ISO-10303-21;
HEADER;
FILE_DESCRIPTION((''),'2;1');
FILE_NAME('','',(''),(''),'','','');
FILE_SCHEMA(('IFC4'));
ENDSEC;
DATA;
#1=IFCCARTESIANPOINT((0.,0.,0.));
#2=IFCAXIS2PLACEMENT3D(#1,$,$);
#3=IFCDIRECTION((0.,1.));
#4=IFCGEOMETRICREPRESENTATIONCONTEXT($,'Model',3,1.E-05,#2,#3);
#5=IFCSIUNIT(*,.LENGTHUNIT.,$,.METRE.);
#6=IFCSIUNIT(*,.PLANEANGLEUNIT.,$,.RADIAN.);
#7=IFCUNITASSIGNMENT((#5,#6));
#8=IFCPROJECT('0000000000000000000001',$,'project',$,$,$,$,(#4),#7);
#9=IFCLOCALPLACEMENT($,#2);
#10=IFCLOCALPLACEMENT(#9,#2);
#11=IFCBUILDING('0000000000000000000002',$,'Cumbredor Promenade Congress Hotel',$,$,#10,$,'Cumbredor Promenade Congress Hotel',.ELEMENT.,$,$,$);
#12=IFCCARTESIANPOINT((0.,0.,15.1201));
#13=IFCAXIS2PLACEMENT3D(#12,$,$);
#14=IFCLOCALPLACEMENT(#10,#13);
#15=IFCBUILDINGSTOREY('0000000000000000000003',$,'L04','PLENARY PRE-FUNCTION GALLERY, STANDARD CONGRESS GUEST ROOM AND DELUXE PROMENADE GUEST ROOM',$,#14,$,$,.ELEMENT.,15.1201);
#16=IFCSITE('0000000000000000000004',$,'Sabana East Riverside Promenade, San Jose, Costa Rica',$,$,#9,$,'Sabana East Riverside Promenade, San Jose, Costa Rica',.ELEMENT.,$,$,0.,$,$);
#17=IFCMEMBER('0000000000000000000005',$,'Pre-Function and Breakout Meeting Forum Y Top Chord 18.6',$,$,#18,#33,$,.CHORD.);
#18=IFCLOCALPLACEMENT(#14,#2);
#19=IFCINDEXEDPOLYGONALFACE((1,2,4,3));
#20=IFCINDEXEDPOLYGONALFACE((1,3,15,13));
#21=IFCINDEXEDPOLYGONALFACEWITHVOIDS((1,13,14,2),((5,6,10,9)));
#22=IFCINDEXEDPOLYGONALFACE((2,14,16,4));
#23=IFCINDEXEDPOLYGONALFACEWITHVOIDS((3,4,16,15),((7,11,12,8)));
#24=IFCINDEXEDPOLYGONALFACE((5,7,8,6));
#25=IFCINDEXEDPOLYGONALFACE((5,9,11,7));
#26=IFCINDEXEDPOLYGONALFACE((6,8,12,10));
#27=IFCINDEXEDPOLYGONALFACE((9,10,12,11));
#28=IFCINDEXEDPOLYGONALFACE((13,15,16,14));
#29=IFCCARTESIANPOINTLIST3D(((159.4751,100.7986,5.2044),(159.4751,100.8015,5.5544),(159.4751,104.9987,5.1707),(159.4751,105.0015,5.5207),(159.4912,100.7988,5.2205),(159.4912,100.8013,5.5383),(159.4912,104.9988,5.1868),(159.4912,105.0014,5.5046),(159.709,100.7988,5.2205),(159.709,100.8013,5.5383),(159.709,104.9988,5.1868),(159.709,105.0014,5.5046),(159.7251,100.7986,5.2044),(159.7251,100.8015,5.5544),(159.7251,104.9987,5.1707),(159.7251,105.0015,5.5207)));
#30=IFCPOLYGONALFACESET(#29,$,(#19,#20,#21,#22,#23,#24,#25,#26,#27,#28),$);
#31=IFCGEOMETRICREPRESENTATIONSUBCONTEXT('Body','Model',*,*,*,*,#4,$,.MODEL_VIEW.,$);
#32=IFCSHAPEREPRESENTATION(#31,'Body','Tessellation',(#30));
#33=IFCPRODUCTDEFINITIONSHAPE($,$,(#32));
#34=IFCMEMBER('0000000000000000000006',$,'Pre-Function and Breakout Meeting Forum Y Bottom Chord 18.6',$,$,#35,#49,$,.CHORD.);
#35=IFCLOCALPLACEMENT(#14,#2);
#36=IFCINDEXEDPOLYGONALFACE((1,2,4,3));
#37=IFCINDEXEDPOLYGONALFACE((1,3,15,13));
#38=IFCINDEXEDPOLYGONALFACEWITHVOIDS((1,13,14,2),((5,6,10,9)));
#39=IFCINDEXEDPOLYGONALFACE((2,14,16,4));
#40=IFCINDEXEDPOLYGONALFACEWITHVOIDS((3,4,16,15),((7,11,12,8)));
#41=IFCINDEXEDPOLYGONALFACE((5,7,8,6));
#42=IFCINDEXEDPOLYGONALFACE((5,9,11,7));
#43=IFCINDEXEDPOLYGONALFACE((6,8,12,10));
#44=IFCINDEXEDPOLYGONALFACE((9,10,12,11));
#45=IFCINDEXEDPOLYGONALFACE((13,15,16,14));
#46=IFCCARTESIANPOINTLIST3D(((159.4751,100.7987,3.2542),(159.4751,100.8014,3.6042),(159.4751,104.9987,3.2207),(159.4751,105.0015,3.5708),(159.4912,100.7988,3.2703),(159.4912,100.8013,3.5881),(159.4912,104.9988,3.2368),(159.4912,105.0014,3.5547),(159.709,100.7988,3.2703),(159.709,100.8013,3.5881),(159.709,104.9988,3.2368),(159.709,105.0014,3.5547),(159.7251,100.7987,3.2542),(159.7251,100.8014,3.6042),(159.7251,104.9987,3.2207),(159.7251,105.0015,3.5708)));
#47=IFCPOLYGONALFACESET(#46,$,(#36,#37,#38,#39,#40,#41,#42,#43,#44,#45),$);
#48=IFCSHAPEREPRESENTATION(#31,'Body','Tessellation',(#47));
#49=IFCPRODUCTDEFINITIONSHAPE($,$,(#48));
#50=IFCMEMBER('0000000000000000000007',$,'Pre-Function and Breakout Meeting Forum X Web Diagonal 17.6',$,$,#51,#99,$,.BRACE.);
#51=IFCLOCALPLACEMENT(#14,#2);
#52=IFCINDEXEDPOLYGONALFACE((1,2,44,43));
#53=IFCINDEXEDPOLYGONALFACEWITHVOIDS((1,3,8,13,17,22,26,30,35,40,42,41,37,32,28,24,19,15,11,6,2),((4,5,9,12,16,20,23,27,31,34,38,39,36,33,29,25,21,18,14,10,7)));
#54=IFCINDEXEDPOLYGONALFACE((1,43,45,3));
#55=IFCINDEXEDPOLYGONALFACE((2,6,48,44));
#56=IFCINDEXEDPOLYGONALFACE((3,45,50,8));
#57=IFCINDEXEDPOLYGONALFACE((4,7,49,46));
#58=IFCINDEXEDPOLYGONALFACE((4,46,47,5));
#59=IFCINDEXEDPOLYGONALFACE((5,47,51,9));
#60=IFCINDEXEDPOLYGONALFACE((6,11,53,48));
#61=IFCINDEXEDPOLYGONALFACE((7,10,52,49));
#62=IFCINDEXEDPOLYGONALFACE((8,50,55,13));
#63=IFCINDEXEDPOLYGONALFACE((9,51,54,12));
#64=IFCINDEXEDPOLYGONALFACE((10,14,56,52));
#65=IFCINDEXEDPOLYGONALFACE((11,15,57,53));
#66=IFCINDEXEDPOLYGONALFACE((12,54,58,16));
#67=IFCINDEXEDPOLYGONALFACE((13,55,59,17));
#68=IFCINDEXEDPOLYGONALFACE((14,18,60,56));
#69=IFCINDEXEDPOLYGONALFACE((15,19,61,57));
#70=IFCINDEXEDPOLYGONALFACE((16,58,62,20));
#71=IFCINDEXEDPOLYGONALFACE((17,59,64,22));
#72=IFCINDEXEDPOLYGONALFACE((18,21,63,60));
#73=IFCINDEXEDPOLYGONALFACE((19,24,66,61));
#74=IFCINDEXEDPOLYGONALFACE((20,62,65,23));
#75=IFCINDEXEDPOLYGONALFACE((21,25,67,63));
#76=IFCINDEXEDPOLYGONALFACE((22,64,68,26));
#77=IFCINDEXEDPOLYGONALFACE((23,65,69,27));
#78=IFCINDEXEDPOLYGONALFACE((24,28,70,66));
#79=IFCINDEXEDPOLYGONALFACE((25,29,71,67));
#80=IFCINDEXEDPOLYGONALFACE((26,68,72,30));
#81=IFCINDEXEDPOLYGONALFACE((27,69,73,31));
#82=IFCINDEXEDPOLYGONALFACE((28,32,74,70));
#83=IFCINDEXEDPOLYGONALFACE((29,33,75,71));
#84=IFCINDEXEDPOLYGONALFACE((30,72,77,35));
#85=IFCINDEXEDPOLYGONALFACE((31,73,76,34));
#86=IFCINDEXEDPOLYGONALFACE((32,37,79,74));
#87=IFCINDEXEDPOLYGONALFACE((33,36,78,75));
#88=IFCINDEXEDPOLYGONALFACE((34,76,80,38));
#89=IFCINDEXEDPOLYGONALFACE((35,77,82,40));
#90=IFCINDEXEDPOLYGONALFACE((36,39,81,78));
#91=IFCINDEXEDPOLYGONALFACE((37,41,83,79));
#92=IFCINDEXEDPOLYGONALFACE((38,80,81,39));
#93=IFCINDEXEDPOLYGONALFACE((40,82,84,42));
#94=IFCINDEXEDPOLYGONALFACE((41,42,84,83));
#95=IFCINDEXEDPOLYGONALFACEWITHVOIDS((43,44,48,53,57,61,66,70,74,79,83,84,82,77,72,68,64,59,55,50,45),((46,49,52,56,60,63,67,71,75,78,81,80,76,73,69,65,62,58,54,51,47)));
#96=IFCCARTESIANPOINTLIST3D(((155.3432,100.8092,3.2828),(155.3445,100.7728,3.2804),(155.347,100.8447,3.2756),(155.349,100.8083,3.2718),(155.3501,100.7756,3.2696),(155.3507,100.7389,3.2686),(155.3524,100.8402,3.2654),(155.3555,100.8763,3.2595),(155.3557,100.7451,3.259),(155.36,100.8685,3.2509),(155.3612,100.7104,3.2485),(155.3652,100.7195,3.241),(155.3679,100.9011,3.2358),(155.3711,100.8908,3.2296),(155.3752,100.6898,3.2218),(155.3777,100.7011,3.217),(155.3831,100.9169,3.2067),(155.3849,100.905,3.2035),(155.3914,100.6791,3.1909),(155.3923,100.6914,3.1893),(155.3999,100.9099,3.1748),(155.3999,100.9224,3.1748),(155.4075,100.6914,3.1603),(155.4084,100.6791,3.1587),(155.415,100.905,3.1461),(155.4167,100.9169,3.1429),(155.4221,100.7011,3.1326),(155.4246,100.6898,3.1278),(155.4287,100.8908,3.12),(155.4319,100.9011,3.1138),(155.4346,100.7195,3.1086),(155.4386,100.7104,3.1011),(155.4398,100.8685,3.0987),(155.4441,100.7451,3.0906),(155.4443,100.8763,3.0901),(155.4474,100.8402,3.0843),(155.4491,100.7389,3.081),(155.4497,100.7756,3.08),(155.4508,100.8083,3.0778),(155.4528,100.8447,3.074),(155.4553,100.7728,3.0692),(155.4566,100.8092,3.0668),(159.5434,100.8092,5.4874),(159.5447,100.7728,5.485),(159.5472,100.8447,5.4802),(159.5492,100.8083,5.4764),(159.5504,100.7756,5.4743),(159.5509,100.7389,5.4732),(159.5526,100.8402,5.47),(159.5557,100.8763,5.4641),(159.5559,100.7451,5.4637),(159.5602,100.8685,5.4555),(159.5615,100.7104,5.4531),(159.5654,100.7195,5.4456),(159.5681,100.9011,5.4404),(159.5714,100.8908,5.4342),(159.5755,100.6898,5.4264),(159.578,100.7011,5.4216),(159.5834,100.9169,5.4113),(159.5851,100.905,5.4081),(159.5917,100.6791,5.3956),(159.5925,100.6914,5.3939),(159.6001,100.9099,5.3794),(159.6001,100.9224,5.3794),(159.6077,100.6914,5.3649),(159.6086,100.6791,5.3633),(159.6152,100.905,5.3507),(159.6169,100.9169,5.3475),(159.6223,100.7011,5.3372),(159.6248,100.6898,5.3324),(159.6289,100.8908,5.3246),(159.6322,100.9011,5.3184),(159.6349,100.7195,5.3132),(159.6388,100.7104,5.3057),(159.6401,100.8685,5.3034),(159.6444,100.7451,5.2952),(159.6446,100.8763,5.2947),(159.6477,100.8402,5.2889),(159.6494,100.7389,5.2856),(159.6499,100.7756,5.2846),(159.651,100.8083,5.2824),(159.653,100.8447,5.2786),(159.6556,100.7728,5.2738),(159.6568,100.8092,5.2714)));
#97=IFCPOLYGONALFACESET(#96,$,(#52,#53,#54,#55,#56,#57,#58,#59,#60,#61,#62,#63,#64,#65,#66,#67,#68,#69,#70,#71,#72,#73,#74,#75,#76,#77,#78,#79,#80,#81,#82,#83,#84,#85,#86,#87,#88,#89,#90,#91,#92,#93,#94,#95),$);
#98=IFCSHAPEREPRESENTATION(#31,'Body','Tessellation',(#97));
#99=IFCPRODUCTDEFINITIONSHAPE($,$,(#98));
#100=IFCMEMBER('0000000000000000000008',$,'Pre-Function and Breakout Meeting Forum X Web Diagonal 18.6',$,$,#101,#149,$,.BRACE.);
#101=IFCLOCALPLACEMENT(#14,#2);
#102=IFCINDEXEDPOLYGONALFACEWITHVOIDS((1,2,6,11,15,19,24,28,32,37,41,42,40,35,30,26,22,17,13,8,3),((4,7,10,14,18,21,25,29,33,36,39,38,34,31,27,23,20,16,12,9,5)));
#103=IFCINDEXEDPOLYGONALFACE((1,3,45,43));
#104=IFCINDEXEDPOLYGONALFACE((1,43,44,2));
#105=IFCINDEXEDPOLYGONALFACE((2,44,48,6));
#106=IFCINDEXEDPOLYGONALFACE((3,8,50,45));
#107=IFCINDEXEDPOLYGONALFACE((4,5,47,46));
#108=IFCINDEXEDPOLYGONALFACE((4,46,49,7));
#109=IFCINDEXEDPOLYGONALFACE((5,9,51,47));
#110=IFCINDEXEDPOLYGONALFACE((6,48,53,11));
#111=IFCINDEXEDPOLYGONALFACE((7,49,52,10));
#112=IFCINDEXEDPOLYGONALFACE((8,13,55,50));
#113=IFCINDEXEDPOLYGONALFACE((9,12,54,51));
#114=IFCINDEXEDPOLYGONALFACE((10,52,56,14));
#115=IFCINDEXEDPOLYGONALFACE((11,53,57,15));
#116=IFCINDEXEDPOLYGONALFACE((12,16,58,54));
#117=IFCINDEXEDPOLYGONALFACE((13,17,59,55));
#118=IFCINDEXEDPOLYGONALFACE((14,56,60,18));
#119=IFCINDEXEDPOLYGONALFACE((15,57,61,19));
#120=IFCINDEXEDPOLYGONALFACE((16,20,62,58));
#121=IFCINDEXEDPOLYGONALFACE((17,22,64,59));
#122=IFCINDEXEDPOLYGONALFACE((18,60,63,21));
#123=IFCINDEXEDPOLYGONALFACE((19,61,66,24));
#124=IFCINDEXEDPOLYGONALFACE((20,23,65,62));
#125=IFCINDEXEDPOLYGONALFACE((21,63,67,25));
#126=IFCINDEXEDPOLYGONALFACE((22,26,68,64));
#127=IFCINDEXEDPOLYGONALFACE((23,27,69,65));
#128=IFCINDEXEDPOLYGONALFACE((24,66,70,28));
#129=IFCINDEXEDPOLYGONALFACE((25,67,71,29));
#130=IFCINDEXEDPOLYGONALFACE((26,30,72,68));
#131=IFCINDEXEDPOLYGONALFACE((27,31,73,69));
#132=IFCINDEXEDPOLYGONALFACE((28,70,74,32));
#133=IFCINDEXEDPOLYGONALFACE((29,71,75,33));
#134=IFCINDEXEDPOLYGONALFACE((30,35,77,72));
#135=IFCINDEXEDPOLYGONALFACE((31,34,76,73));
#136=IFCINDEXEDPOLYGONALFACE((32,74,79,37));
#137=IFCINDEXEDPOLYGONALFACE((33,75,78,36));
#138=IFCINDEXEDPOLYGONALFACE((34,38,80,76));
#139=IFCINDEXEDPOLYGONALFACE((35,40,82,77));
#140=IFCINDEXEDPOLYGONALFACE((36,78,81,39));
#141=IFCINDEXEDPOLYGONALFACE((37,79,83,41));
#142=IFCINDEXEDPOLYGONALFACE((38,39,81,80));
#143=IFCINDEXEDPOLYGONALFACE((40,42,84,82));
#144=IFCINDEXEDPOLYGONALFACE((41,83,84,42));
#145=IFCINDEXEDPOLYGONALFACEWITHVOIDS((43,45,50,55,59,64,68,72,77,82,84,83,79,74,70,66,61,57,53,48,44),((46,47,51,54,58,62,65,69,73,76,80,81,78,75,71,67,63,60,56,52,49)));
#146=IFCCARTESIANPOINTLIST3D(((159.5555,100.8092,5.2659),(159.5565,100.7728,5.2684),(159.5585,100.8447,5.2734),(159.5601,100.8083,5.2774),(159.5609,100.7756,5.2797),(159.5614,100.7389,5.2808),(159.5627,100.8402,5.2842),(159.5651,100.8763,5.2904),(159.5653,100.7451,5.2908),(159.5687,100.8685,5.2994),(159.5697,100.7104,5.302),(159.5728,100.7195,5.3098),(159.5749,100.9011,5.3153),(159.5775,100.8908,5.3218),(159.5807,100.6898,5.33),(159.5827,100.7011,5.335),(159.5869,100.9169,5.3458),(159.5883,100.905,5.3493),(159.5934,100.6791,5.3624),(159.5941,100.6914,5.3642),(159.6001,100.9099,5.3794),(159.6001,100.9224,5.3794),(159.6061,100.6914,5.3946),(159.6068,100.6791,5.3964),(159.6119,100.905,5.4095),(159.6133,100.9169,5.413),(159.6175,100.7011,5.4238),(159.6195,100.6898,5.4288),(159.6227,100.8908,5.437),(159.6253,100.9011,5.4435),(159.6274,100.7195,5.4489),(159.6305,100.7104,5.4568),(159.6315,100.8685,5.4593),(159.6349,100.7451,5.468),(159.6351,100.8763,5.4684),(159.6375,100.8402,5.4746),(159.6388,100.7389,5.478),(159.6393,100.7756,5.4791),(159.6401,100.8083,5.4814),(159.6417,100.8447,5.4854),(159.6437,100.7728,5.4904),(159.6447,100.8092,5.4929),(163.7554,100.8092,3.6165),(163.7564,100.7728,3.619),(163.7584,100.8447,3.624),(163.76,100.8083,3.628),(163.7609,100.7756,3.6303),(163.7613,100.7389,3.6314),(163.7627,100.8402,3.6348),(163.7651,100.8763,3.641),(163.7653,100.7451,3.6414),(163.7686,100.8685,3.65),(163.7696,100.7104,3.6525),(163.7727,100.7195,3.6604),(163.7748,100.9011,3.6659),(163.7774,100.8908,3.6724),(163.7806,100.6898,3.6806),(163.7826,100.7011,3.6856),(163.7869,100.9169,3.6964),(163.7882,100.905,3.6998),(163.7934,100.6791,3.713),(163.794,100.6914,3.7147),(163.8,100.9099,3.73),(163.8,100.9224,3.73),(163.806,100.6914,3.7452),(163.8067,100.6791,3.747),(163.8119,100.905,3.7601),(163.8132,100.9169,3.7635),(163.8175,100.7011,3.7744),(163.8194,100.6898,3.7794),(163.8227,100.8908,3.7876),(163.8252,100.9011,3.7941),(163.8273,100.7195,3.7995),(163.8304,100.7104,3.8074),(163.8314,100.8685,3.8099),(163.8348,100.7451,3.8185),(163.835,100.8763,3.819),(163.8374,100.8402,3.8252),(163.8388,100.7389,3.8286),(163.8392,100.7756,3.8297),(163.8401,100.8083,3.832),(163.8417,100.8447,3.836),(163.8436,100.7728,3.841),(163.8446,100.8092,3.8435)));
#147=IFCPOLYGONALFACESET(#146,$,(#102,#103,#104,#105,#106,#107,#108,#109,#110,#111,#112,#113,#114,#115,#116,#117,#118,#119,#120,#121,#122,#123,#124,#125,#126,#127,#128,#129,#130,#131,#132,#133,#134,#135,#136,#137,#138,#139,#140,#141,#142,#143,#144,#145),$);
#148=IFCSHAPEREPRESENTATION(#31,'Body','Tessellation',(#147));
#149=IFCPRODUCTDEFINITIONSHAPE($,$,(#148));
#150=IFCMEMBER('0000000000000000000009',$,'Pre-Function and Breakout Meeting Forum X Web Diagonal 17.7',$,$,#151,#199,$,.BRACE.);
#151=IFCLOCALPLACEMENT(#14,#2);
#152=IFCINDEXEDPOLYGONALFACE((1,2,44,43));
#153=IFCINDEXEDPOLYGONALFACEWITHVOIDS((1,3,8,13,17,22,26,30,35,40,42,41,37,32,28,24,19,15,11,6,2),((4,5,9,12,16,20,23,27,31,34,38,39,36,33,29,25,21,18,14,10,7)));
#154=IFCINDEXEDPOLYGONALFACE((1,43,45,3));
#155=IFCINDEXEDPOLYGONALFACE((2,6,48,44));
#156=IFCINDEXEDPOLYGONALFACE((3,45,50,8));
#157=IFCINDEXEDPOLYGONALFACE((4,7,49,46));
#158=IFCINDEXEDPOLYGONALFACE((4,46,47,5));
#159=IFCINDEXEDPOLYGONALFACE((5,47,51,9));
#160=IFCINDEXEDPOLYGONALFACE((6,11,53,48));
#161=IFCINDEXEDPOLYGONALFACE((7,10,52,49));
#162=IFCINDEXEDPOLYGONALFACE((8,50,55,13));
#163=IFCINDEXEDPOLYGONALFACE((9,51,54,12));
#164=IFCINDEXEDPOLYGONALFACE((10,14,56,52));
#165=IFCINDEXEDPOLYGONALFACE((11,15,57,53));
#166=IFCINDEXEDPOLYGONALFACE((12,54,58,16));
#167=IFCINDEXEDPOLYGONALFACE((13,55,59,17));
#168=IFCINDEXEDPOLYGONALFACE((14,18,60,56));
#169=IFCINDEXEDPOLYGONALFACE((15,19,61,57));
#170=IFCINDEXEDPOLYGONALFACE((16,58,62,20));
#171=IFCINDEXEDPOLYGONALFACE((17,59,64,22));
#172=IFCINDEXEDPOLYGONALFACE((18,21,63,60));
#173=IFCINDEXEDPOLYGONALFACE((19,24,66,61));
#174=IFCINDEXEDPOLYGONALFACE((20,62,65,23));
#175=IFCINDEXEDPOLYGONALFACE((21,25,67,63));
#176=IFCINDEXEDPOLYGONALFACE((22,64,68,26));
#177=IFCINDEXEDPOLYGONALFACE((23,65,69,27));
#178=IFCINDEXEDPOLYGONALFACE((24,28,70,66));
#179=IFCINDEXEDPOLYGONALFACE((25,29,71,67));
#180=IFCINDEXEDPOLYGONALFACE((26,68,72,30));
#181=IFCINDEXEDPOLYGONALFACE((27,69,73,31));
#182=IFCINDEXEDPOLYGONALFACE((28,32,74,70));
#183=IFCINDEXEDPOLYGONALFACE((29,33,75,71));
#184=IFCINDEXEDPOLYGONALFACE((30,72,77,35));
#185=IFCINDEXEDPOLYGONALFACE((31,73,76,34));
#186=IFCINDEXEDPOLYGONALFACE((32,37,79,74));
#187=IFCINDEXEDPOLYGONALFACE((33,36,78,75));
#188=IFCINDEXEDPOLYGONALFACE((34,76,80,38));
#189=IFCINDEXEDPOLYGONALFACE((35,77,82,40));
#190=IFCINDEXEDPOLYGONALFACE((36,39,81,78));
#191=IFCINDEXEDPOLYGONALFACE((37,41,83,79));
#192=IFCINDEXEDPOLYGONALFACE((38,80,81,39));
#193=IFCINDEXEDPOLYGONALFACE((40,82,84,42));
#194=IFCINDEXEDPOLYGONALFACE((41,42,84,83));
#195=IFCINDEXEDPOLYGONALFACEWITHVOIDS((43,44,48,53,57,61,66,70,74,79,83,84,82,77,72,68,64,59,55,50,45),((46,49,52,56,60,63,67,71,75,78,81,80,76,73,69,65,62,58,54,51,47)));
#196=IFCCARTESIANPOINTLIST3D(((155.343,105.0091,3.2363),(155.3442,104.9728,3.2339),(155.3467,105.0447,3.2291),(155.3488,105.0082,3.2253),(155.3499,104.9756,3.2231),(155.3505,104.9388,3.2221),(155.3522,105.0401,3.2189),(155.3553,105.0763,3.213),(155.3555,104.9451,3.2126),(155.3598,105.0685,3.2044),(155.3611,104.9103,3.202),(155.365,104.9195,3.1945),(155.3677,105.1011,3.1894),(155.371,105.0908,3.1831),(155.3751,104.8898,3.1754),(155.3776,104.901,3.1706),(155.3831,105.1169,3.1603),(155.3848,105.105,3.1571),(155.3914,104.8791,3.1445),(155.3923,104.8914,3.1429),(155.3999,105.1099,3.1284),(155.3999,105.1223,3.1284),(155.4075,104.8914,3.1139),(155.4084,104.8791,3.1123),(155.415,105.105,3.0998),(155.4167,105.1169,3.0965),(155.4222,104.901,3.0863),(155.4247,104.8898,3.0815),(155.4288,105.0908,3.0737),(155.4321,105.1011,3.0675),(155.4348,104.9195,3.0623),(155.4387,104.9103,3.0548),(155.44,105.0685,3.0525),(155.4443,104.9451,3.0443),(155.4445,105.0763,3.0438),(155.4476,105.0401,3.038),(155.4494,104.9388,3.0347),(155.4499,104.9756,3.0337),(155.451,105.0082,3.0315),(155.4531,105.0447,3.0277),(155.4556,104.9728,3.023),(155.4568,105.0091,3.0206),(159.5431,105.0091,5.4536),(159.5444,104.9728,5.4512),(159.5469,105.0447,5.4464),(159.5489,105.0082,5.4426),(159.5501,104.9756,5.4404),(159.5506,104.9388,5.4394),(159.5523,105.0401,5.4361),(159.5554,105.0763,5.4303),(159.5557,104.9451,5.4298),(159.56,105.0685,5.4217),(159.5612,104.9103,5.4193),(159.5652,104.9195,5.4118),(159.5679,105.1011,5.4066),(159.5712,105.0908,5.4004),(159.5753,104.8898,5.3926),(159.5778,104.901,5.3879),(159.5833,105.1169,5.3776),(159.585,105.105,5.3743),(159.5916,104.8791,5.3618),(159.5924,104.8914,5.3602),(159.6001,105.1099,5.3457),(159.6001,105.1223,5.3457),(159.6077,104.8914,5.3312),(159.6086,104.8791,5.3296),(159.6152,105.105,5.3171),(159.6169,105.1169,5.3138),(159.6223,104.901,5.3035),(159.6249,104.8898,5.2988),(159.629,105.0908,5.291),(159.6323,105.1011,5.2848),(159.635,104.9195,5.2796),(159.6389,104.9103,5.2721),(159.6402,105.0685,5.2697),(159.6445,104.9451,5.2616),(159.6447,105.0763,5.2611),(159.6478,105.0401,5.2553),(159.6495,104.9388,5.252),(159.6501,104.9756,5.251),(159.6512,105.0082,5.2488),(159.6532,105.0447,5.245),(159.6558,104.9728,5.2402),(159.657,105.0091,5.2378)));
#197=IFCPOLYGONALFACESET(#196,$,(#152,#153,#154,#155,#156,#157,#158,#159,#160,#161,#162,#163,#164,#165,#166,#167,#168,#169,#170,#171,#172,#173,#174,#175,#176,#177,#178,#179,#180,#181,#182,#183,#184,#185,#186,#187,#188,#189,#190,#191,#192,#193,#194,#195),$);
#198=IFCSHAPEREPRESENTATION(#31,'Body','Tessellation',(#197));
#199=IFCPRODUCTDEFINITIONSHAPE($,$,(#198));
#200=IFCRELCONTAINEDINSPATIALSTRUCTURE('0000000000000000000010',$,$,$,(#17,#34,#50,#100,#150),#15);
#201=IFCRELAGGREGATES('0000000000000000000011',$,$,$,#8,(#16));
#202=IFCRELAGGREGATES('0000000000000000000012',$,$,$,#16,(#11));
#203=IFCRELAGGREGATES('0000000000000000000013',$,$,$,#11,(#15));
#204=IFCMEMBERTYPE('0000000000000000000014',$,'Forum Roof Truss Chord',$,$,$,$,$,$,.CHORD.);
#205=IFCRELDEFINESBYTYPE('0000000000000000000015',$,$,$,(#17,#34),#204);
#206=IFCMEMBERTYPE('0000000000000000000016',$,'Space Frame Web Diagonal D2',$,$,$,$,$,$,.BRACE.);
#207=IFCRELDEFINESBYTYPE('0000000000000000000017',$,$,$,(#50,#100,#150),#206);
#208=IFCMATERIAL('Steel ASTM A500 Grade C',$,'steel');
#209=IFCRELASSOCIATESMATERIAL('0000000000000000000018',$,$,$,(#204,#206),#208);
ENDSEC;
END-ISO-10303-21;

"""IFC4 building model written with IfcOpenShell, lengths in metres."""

from ifc_helpers import new_model, si_unit, direction, frame, origin, origin_2d, place, context, subcontext, project, spatial, hollow_rectangle, hollow_circle, extrude, material, material_profile, profile_set, type_object, element, save


model = new_model("IFC4")

# Units and contexts
model_context = context("Model", 3, precision=1e-05, world=origin(), true_north=direction((0.0, 1.0)))
body_context = subcontext(model_context, "Body", "Model", "MODEL_VIEW")
ifc_project = project(units=[si_unit("LENGTHUNIT", "METRE"), si_unit("PLANEANGLEUNIT", "RADIAN")], contexts=[model_context])

# Site, building, storey
site_placement = place(None, origin())
site = spatial("IfcSite", under=ifc_project, at=site_placement, Name="Sabana East Riverside Promenade, San Jose, Costa Rica", LongName="Sabana East Riverside Promenade, San Jose, Costa Rica", CompositionType="ELEMENT", RefElevation=0.0)
building_placement = place(site_placement, origin())
building = spatial("IfcBuilding", under=site, at=building_placement, Name="Cumbredor Promenade Congress Hotel", LongName="Cumbredor Promenade Congress Hotel", CompositionType="ELEMENT")
storey_placement = place(building_placement, frame((0.0, 0.0, 15.1201)))
storey = spatial("IfcBuildingStorey", under=building, at=storey_placement, Name="L04", Description="PLENARY PRE-FUNCTION GALLERY, STANDARD CONGRESS GUEST ROOM AND DELUXE PROMENADE GUEST ROOM", CompositionType="ELEMENT", Elevation=15.1201)

# Members
ifc_material_1 = material(Name="Steel ASTM A500 Grade C", Category="steel")
ifc_material_profile_1 = material_profile(ifc_material_1, hollow_rectangle(XDim=0.25, YDim=0.3501, WallThickness=0.0161, at=origin_2d()), Name="HSS 350x250x16")
ifc_profile_set_1 = profile_set([ifc_material_profile_1], Name="Steel ASTM A500 Grade C")
member_type_1 = type_object("IfcMemberType", Name="Forum Roof Truss Chord", PredefinedType="CHORD", material=ifc_profile_set_1)
for number, where, z_axis, x_axis, name in (
    (1, (159.6001, 100.8, 5.3794), (0.0, 0.999968, -0.008022), (-1.0, 0.0, 0.0), "Pre-Function and Breakout Meeting Forum Y Top Chord 18.6"),
    (2, (159.6001, 100.8, 3.4292), (0.0, 0.999968, -0.007963), (-1.0, 0.0, 0.0), "Pre-Function and Breakout Meeting Forum Y Bottom Chord 18.6"),
):
    element("IfcMember", number, at=place(storey_placement, frame(where, z_axis=z_axis, x_axis=x_axis)), inside=storey, type_object=member_type_1, Name=name, PredefinedType="CHORD", context=body_context, shape_type="SweptSolid", body=[
        extrude(hollow_rectangle(XDim=0.25, YDim=0.3501, WallThickness=0.0161, at=origin_2d()), origin(), (0.0, 0.0, 1.0), 4.2002),
    ])
ifc_material_profile_2 = material_profile(ifc_material_1, hollow_circle(Radius=0.1223, WallThickness=0.0125, at=origin_2d()), Name="CHS 244.5x12.5")
ifc_profile_set_2 = profile_set([ifc_material_profile_2], Name="Steel ASTM A500 Grade C")
member_type_2 = type_object("IfcMemberType", Name="Space Frame Web Diagonal D2", PredefinedType="BRACE", material=ifc_profile_set_2)
member_1_placement = place(storey_placement, frame((155.3999, 100.8, 3.1748), z_axis=(0.885442, 0.0, 0.464749), x_axis=(0.0, 1.0, 0.0)))
element("IfcMember", 3, at=member_1_placement, inside=storey, type_object=member_type_2, Name="Pre-Function and Breakout Meeting Forum X Web Diagonal 17.6", PredefinedType="BRACE", context=body_context, shape_type="SweptSolid", body=[
    extrude(hollow_circle(Radius=0.1223, WallThickness=0.0125, at=origin_2d()), origin(), (0.0, 0.0, 1.0), 4.7437),
])
member_2_placement = place(storey_placement, frame((159.6001, 100.8, 5.3794), z_axis=(0.930794, 0.0, -0.365544), x_axis=(0.0, 1.0, 0.0)))
element("IfcMember", 4, at=member_2_placement, inside=storey, type_object=member_type_2, Name="Pre-Function and Breakout Meeting Forum X Web Diagonal 18.6", PredefinedType="BRACE", context=body_context, shape_type="SweptSolid", body=[
    extrude(hollow_circle(Radius=0.1223, WallThickness=0.0125, at=origin_2d()), origin(), (0.0, 0.0, 1.0), 4.5122),
])
member_3_placement = place(storey_placement, frame((155.3999, 105.0, 3.1284), z_axis=(0.88434, 0.0, 0.466843), x_axis=(0.0, 1.0, 0.0)))
element("IfcMember", 5, at=member_3_placement, inside=storey, type_object=member_type_2, Name="Pre-Function and Breakout Meeting Forum X Web Diagonal 17.7", PredefinedType="BRACE", context=body_context, shape_type="SweptSolid", body=[
    extrude(hollow_circle(Radius=0.1223, WallThickness=0.0125, at=origin_2d()), origin(), (0.0, 0.0, 1.0), 4.7495),
])

save(model, "model.ifc")
